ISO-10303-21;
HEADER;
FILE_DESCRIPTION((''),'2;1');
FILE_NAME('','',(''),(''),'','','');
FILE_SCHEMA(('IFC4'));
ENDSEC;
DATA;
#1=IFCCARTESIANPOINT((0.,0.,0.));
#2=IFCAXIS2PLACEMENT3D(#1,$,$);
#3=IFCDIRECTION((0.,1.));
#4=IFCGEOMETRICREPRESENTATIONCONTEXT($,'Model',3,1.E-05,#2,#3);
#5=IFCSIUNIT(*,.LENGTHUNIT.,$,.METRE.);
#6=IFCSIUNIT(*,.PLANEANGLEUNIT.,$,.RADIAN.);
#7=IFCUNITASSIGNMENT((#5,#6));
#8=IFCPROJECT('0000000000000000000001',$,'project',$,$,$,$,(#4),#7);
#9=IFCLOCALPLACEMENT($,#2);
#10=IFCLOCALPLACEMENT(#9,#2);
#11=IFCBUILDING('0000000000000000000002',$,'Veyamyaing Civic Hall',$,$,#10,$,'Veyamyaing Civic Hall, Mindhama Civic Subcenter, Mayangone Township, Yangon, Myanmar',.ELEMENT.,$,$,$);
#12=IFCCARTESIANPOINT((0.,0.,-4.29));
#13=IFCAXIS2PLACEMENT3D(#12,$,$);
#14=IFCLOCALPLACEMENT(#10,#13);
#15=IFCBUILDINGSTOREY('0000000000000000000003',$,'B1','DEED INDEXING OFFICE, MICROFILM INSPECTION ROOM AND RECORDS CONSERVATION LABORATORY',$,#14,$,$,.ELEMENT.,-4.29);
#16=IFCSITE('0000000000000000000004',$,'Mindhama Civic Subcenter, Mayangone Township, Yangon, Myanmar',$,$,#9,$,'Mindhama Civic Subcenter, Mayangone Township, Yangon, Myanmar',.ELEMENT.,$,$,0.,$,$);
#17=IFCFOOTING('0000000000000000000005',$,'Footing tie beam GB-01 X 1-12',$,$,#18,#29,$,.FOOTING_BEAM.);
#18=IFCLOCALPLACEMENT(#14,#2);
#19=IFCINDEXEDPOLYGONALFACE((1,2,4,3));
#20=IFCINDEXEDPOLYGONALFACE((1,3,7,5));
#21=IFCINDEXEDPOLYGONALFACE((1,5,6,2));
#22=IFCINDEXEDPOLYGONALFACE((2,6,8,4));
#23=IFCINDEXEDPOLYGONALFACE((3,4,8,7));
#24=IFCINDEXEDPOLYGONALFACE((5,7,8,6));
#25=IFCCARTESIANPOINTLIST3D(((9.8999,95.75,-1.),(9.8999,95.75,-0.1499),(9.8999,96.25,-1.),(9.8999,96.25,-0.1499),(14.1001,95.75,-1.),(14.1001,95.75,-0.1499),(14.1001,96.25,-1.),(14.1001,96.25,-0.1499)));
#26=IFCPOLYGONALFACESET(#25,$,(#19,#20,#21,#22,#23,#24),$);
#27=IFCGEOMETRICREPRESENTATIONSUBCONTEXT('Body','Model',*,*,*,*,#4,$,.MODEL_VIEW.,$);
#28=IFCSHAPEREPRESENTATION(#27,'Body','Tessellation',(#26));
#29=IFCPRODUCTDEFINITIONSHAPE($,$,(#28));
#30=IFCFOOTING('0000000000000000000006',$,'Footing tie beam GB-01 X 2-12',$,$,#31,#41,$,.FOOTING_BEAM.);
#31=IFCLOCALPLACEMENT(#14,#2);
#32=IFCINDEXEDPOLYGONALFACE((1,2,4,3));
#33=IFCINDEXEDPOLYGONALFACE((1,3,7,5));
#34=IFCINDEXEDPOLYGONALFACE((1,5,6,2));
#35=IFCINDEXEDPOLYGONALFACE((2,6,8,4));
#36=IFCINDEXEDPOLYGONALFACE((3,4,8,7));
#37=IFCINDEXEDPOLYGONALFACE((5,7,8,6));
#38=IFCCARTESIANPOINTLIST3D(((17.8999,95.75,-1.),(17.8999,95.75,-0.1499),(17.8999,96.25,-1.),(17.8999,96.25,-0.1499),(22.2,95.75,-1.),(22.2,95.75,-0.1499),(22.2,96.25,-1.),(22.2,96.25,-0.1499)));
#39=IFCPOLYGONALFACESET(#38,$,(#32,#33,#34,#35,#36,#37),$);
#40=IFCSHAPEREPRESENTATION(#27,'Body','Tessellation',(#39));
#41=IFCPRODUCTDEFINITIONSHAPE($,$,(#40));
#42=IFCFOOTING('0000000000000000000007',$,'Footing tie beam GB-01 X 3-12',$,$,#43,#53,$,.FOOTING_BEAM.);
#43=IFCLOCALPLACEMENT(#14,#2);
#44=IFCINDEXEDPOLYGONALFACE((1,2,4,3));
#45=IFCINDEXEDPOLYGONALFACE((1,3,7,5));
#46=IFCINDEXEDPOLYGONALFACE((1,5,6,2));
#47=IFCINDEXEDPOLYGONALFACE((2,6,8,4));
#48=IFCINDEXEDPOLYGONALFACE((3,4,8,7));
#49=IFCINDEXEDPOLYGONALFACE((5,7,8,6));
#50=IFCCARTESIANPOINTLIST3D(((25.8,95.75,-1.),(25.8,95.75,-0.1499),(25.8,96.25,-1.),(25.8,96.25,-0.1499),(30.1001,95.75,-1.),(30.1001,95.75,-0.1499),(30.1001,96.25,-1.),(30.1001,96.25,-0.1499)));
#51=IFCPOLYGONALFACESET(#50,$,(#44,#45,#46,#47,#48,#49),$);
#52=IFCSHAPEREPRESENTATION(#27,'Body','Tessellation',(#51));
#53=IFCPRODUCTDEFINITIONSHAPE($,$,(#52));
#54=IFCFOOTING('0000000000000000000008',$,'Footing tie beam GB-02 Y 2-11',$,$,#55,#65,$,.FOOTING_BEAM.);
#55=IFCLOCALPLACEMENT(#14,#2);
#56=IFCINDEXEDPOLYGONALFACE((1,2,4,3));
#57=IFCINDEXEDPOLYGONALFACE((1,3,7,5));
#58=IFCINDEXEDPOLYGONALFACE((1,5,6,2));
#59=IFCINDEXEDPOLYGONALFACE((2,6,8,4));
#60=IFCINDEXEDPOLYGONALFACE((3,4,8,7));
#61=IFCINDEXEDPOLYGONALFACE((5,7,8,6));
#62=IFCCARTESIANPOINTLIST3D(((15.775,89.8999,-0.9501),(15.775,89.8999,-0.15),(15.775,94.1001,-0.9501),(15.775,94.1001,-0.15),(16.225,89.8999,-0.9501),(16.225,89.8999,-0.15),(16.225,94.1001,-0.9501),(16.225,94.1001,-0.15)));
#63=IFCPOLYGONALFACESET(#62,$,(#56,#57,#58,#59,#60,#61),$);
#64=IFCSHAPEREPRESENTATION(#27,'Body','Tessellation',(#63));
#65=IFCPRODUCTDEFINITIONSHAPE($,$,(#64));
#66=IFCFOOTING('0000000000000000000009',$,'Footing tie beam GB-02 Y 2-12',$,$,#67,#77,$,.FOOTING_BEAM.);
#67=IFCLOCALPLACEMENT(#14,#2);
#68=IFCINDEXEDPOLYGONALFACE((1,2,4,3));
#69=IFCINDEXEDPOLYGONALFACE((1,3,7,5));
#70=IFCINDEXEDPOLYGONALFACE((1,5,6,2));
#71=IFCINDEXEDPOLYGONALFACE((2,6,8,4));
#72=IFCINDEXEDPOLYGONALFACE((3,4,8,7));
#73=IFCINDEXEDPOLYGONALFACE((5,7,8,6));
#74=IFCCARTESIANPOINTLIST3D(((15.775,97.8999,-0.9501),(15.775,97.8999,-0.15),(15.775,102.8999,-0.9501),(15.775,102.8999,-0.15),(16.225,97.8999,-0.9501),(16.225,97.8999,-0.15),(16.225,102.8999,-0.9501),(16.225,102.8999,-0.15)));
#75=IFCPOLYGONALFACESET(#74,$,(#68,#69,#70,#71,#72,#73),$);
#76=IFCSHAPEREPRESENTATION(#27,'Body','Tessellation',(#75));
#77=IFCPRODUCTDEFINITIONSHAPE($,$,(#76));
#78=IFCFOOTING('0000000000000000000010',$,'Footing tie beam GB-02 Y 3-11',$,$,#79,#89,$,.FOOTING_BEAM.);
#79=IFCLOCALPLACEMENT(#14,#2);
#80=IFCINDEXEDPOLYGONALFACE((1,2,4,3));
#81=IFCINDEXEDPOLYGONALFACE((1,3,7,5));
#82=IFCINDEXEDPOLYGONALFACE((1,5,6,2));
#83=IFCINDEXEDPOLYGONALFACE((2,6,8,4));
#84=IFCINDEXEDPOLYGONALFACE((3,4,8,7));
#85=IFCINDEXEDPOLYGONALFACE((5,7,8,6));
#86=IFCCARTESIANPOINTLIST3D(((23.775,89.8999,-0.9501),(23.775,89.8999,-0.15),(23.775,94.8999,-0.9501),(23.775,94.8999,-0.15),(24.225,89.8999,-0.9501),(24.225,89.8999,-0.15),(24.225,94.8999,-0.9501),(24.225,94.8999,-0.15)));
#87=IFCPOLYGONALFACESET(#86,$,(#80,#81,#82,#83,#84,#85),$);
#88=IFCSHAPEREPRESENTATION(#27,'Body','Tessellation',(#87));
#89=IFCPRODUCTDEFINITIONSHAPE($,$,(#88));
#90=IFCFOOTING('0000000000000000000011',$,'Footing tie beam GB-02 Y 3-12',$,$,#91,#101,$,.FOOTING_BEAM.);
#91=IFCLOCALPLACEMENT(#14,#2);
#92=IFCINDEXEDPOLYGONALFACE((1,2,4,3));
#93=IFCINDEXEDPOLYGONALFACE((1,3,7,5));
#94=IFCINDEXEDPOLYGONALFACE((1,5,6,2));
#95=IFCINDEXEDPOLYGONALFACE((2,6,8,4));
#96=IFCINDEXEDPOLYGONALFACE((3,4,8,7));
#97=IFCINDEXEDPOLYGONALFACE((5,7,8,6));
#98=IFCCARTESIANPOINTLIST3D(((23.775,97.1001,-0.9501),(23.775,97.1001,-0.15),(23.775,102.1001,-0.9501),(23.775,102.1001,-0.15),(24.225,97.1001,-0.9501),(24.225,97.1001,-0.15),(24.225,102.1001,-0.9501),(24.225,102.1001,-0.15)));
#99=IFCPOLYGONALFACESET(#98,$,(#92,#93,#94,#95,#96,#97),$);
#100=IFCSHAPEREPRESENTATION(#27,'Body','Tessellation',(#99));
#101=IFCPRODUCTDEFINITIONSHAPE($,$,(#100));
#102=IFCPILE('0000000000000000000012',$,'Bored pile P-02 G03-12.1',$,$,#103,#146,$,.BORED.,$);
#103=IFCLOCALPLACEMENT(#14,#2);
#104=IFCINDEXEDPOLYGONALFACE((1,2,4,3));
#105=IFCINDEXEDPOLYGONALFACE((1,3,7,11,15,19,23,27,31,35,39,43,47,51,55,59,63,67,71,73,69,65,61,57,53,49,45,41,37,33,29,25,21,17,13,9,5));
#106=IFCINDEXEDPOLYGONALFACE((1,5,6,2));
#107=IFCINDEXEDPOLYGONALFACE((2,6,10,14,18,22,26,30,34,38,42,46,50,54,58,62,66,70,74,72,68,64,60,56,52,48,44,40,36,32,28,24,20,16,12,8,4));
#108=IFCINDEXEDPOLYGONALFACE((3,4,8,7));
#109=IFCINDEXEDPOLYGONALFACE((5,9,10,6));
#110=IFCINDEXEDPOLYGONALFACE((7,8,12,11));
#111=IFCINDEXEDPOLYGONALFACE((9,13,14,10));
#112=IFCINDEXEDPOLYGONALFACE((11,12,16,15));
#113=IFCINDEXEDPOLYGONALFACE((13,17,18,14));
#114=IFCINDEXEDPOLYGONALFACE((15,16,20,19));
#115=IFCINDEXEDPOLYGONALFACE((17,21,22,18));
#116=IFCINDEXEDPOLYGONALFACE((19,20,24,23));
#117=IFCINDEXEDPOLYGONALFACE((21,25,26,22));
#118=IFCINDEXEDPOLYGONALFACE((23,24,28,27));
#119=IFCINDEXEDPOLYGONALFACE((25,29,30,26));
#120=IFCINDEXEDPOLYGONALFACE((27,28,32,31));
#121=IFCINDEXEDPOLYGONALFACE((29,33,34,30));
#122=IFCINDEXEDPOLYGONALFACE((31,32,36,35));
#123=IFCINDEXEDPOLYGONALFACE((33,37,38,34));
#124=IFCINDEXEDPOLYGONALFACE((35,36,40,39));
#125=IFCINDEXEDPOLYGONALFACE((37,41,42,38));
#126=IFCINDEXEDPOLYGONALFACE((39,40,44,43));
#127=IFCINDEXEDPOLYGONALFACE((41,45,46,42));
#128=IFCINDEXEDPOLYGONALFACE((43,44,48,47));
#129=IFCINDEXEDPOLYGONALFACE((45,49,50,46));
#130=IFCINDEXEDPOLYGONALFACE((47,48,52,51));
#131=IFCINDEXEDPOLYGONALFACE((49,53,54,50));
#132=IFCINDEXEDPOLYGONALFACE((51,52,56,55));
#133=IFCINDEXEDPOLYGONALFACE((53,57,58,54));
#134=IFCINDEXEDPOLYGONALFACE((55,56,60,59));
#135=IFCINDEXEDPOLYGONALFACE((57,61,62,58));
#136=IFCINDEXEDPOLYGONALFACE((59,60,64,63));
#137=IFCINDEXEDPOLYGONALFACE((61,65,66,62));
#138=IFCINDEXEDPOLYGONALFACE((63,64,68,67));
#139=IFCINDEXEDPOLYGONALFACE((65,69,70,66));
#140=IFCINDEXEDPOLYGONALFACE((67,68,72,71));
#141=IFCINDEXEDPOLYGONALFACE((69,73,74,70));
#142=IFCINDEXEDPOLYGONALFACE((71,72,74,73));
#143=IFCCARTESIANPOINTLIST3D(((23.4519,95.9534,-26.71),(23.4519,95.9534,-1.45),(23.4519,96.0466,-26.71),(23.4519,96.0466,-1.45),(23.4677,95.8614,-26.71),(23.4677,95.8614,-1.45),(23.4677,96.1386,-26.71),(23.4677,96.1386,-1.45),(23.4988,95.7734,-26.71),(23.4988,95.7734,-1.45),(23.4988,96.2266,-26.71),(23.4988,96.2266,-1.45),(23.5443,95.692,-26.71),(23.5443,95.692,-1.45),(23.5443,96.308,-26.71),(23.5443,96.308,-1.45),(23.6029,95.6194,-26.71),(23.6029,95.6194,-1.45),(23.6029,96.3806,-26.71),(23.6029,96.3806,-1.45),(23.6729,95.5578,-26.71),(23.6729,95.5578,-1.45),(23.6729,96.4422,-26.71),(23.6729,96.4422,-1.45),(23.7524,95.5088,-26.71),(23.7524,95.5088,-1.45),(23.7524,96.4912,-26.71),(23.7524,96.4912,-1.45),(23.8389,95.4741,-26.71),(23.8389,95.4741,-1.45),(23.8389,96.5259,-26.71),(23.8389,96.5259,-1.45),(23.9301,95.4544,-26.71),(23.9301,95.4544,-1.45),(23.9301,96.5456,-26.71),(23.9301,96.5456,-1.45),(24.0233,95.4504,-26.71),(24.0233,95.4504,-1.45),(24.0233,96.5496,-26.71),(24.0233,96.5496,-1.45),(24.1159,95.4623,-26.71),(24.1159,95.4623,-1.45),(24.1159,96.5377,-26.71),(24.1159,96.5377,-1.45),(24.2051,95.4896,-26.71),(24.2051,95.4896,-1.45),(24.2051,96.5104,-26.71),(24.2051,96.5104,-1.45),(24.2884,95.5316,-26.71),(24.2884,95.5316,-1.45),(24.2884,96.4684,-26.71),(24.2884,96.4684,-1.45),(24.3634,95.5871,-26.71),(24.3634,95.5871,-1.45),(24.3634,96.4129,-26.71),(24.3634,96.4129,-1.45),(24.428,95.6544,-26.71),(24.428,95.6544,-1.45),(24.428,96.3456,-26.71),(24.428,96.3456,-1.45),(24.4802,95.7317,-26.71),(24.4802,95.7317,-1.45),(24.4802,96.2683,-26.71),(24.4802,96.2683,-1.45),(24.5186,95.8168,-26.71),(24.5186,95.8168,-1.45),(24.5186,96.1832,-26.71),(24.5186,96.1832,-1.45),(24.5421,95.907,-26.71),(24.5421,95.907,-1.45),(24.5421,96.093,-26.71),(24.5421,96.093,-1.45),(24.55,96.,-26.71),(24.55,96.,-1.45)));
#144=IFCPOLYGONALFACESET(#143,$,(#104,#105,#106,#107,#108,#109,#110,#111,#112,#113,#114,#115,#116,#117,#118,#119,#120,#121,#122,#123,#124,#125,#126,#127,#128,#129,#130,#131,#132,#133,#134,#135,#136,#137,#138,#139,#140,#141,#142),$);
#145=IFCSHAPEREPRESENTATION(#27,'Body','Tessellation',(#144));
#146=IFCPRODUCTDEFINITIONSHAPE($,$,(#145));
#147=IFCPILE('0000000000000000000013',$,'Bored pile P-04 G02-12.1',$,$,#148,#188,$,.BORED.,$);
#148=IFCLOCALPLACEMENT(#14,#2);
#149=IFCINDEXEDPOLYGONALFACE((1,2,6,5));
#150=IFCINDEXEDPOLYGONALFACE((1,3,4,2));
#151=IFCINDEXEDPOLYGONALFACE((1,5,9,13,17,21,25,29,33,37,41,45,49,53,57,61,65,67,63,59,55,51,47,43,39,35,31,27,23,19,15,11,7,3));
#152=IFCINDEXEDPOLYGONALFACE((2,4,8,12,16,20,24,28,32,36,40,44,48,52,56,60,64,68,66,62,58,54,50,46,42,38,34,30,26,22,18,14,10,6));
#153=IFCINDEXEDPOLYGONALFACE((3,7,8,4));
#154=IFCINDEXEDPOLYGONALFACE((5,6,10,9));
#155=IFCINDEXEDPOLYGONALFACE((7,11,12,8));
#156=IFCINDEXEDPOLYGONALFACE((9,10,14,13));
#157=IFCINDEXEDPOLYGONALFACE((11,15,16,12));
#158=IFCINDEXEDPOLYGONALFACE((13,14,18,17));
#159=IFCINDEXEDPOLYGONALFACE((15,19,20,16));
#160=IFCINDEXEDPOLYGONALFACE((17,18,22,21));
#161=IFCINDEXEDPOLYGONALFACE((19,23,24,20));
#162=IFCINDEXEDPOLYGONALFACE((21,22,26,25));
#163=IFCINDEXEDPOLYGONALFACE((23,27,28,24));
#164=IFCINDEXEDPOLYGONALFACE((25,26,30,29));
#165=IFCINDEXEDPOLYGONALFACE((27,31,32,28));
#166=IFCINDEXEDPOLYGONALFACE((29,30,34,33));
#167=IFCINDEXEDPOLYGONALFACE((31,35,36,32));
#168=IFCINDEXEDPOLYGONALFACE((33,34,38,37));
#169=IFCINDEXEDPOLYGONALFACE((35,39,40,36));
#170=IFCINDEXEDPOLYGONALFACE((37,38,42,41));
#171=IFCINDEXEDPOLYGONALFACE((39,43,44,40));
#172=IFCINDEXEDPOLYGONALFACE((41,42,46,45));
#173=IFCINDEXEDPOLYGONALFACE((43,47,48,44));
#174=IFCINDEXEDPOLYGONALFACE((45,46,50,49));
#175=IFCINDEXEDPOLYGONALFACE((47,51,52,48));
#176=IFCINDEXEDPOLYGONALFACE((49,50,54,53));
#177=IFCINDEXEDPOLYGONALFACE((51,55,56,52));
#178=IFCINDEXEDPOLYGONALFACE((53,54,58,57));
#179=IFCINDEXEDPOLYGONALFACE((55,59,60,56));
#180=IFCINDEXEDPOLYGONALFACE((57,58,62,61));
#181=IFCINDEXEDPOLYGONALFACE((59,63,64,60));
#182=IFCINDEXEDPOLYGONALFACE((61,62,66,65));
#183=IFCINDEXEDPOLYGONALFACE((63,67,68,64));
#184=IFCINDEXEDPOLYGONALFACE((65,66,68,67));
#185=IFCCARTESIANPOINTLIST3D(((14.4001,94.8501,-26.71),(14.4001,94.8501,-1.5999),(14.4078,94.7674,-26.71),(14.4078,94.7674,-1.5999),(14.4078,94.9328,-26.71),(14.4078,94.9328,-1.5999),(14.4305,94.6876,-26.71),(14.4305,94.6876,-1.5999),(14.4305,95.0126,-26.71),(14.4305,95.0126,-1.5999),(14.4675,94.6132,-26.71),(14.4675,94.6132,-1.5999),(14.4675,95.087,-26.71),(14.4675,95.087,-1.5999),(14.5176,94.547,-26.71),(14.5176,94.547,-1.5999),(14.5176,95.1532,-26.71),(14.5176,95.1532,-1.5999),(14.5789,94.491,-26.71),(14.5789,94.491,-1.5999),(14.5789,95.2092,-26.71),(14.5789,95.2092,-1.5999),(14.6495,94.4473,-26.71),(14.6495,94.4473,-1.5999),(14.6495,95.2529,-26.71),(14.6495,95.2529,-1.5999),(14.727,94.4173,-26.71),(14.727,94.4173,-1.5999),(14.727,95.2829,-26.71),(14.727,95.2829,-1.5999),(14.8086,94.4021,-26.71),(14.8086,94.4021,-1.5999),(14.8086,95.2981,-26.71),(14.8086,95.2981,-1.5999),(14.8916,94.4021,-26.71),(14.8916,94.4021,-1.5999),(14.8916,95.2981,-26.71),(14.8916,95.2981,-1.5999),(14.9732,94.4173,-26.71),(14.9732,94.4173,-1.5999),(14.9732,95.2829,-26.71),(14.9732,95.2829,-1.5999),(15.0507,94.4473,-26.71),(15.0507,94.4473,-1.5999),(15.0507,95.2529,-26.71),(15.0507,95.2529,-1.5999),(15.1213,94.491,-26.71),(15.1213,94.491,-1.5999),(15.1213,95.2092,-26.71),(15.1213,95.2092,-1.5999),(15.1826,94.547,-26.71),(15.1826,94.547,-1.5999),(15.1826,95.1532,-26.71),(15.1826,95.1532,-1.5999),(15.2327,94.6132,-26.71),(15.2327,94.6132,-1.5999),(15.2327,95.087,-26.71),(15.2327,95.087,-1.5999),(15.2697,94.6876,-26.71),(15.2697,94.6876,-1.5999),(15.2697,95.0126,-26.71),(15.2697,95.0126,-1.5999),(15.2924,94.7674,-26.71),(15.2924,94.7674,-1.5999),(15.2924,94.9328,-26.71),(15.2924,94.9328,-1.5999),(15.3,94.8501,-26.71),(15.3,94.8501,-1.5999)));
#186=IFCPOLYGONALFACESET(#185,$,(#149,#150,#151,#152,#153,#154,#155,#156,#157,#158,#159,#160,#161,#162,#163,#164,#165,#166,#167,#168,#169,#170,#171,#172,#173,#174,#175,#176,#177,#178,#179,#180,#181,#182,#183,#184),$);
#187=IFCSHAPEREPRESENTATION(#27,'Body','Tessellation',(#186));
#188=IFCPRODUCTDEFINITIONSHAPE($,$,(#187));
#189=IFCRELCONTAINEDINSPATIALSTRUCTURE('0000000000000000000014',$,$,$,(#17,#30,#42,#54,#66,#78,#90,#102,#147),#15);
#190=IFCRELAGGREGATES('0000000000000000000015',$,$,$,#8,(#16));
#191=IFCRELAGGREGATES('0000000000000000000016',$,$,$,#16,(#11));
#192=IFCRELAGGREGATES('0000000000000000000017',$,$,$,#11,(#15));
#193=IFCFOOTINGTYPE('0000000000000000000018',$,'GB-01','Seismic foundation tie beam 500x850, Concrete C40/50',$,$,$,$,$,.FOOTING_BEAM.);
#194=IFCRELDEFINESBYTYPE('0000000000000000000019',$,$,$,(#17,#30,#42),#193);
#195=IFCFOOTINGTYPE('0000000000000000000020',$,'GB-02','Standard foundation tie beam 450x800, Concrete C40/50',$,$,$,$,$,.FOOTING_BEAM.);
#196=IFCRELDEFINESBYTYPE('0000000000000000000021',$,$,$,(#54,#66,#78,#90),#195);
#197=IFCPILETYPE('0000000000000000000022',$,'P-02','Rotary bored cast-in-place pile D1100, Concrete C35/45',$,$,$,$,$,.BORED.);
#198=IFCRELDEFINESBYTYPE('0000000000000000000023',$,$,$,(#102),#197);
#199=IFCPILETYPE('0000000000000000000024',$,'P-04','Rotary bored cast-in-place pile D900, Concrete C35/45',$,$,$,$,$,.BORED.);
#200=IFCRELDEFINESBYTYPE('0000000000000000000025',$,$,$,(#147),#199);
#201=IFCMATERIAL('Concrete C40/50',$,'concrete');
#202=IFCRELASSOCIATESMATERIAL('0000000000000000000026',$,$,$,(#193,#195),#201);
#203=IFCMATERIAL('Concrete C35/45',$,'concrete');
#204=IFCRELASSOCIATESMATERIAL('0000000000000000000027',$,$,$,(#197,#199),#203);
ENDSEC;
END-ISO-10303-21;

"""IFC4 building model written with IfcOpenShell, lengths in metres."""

from ifc_helpers import new_model, si_unit, direction, frame, origin, origin_2d, place, context, subcontext, project, spatial, rectangle, circle, extrude, material, material_profile, profile_set, type_object, element, save


model = new_model("IFC4")

# Units and contexts
model_context = context("Model", 3, precision=1e-05, world=origin(), true_north=direction((0.0, 1.0)))
body_context = subcontext(model_context, "Body", "Model", "MODEL_VIEW")
ifc_project = project(units=[si_unit("LENGTHUNIT", "METRE"), si_unit("PLANEANGLEUNIT", "RADIAN")], contexts=[model_context])

# Site, building, storey
site_placement = place(None, origin())
site = spatial("IfcSite", under=ifc_project, at=site_placement, Name="Mindhama Civic Subcenter, Mayangone Township, Yangon, Myanmar", LongName="Mindhama Civic Subcenter, Mayangone Township, Yangon, Myanmar", CompositionType="ELEMENT", RefElevation=0.0)
building_placement = place(site_placement, origin())
building = spatial("IfcBuilding", under=site, at=building_placement, Name="Veyamyaing Civic Hall", LongName="Veyamyaing Civic Hall, Mindhama Civic Subcenter, Mayangone Township, Yangon, Myanmar", CompositionType="ELEMENT")
storey_placement = place(building_placement, frame((0.0, 0.0, -4.29)))
storey = spatial("IfcBuildingStorey", under=building, at=storey_placement, Name="B1", Description="DEED INDEXING OFFICE, MICROFILM INSPECTION ROOM AND RECORDS CONSERVATION LABORATORY", CompositionType="ELEMENT", Elevation=-4.29)

# Footings
ifc_material_1 = material(Name="Concrete C40/50", Category="concrete")
ifc_material_profile_1 = material_profile(ifc_material_1, rectangle(XDim=0.5, YDim=0.8501, at=origin_2d()), Name="GB-500X850")
ifc_profile_set_1 = profile_set([ifc_material_profile_1], Name="Concrete C40/50")
footing_type_1 = type_object("IfcFootingType", Name="GB-01", Description="Seismic foundation tie beam 500x850, Concrete C40/50", PredefinedType="FOOTING_BEAM", material=ifc_profile_set_1)
footing_1_placement = place(storey_placement, frame((9.8999, 96.0, -0.575), z_axis=(1.0, 0.0, 0.0), x_axis=(0.0, 1.0, 0.0)))
element("IfcFooting", 1, at=footing_1_placement, inside=storey, type_object=footing_type_1, Name="Footing tie beam GB-01 X 1-12", PredefinedType="FOOTING_BEAM", context=body_context, shape_type="SweptSolid", body=[
    extrude(rectangle(XDim=0.5, YDim=0.8501, at=origin_2d()), origin(), (0.0, 0.0, 1.0), 4.2002),
])
for number, where, z_axis, x_axis, name in (
    (2, (17.8999, 96.0, -0.575), (1.0, 0.0, 0.0), (0.0, 1.0, 0.0), "Footing tie beam GB-01 X 2-12"),
    (3, (25.8, 96.0, -0.575), (1.0, 0.0, 0.0), (0.0, 1.0, 0.0), "Footing tie beam GB-01 X 3-12"),
):
    element("IfcFooting", number, at=place(storey_placement, frame(where, z_axis=z_axis, x_axis=x_axis)), inside=storey, type_object=footing_type_1, Name=name, PredefinedType="FOOTING_BEAM", context=body_context, shape_type="SweptSolid", body=[
        extrude(rectangle(XDim=0.5, YDim=0.8501, at=origin_2d()), origin(), (0.0, 0.0, 1.0), 4.3),
    ])
ifc_material_profile_2 = material_profile(ifc_material_1, rectangle(XDim=0.45, YDim=0.8, at=origin_2d()), Name="GB-450X800")
ifc_profile_set_2 = profile_set([ifc_material_profile_2], Name="Concrete C40/50")
footing_type_2 = type_object("IfcFootingType", Name="GB-02", Description="Standard foundation tie beam 450x800, Concrete C40/50", PredefinedType="FOOTING_BEAM", material=ifc_profile_set_2)
footing_2_placement = place(storey_placement, frame((16.0, 89.8999, -0.55), z_axis=(0.0, 1.0, 0.0), x_axis=(-1.0, 0.0, 0.0)))
element("IfcFooting", 4, at=footing_2_placement, inside=storey, type_object=footing_type_2, Name="Footing tie beam GB-02 Y 2-11", PredefinedType="FOOTING_BEAM", context=body_context, shape_type="SweptSolid", body=[
    extrude(rectangle(XDim=0.45, YDim=0.8, at=origin_2d()), origin(), (0.0, 0.0, 1.0), 4.2002),
])
for number, where, z_axis, x_axis, name in (
    (5, (16.0, 97.8999, -0.55), (0.0, 1.0, 0.0), (-1.0, 0.0, 0.0), "Footing tie beam GB-02 Y 2-12"),
    (6, (24.0, 89.8999, -0.55), (0.0, 1.0, 0.0), (-1.0, 0.0, 0.0), "Footing tie beam GB-02 Y 3-11"),
    (7, (24.0, 97.1001, -0.55), (0.0, 1.0, 0.0), (-1.0, 0.0, 0.0), "Footing tie beam GB-02 Y 3-12"),
):
    element("IfcFooting", number, at=place(storey_placement, frame(where, z_axis=z_axis, x_axis=x_axis)), inside=storey, type_object=footing_type_2, Name=name, PredefinedType="FOOTING_BEAM", context=body_context, shape_type="SweptSolid", body=[
        extrude(rectangle(XDim=0.45, YDim=0.8, at=origin_2d()), origin(), (0.0, 0.0, 1.0), 5.0),
    ])

# Piles
ifc_material_2 = material(Name="Concrete C35/45", Category="concrete")
ifc_material_profile_3 = material_profile(ifc_material_2, circle(Radius=0.55, at=origin_2d()), Name="PILE-D1100")
ifc_profile_set_3 = profile_set([ifc_material_profile_3], Name="Concrete C35/45")
pile_type_1 = type_object("IfcPileType", Name="P-02", Description="Rotary bored cast-in-place pile D1100, Concrete C35/45", PredefinedType="BORED", material=ifc_profile_set_3)
pile_placement = place(storey_placement, frame((24.0, 96.0, -1.45), z_axis=(0.0, 0.0, -1.0), x_axis=(1.0, 0.0, 0.0)))
element("IfcPile", 8, at=pile_placement, inside=storey, type_object=pile_type_1, Name="Bored pile P-02 G03-12.1", PredefinedType="BORED", context=body_context, shape_type="SweptSolid", body=[
    extrude(circle(Radius=0.55, at=origin_2d()), origin(), (0.0, 0.0, 1.0), 25.26),
])
ifc_material_profile_4 = material_profile(ifc_material_2, circle(Radius=0.45, at=origin_2d()), Name="PILE-D900")
ifc_profile_set_4 = profile_set([ifc_material_profile_4], Name="Concrete C35/45")
pile_type_2 = type_object("IfcPileType", Name="P-04", Description="Rotary bored cast-in-place pile D900, Concrete C35/45", PredefinedType="BORED", material=ifc_profile_set_4)
for number, where, z_axis, x_axis, name in (
    (9, (14.8501, 94.8501, -1.5999), (0.0, 0.0, -1.0), (1.0, 0.0, 0.0), "Bored pile P-04 G02-12.1"),
):
    element("IfcPile", number, at=place(storey_placement, frame(where, z_axis=z_axis, x_axis=x_axis)), inside=storey, type_object=pile_type_2, Name=name, PredefinedType="BORED", context=body_context, shape_type="SweptSolid", body=[
        extrude(circle(Radius=0.45, at=origin_2d()), origin(), (0.0, 0.0, 1.0), 25.1101),
    ])

save(model, "model.ifc")
